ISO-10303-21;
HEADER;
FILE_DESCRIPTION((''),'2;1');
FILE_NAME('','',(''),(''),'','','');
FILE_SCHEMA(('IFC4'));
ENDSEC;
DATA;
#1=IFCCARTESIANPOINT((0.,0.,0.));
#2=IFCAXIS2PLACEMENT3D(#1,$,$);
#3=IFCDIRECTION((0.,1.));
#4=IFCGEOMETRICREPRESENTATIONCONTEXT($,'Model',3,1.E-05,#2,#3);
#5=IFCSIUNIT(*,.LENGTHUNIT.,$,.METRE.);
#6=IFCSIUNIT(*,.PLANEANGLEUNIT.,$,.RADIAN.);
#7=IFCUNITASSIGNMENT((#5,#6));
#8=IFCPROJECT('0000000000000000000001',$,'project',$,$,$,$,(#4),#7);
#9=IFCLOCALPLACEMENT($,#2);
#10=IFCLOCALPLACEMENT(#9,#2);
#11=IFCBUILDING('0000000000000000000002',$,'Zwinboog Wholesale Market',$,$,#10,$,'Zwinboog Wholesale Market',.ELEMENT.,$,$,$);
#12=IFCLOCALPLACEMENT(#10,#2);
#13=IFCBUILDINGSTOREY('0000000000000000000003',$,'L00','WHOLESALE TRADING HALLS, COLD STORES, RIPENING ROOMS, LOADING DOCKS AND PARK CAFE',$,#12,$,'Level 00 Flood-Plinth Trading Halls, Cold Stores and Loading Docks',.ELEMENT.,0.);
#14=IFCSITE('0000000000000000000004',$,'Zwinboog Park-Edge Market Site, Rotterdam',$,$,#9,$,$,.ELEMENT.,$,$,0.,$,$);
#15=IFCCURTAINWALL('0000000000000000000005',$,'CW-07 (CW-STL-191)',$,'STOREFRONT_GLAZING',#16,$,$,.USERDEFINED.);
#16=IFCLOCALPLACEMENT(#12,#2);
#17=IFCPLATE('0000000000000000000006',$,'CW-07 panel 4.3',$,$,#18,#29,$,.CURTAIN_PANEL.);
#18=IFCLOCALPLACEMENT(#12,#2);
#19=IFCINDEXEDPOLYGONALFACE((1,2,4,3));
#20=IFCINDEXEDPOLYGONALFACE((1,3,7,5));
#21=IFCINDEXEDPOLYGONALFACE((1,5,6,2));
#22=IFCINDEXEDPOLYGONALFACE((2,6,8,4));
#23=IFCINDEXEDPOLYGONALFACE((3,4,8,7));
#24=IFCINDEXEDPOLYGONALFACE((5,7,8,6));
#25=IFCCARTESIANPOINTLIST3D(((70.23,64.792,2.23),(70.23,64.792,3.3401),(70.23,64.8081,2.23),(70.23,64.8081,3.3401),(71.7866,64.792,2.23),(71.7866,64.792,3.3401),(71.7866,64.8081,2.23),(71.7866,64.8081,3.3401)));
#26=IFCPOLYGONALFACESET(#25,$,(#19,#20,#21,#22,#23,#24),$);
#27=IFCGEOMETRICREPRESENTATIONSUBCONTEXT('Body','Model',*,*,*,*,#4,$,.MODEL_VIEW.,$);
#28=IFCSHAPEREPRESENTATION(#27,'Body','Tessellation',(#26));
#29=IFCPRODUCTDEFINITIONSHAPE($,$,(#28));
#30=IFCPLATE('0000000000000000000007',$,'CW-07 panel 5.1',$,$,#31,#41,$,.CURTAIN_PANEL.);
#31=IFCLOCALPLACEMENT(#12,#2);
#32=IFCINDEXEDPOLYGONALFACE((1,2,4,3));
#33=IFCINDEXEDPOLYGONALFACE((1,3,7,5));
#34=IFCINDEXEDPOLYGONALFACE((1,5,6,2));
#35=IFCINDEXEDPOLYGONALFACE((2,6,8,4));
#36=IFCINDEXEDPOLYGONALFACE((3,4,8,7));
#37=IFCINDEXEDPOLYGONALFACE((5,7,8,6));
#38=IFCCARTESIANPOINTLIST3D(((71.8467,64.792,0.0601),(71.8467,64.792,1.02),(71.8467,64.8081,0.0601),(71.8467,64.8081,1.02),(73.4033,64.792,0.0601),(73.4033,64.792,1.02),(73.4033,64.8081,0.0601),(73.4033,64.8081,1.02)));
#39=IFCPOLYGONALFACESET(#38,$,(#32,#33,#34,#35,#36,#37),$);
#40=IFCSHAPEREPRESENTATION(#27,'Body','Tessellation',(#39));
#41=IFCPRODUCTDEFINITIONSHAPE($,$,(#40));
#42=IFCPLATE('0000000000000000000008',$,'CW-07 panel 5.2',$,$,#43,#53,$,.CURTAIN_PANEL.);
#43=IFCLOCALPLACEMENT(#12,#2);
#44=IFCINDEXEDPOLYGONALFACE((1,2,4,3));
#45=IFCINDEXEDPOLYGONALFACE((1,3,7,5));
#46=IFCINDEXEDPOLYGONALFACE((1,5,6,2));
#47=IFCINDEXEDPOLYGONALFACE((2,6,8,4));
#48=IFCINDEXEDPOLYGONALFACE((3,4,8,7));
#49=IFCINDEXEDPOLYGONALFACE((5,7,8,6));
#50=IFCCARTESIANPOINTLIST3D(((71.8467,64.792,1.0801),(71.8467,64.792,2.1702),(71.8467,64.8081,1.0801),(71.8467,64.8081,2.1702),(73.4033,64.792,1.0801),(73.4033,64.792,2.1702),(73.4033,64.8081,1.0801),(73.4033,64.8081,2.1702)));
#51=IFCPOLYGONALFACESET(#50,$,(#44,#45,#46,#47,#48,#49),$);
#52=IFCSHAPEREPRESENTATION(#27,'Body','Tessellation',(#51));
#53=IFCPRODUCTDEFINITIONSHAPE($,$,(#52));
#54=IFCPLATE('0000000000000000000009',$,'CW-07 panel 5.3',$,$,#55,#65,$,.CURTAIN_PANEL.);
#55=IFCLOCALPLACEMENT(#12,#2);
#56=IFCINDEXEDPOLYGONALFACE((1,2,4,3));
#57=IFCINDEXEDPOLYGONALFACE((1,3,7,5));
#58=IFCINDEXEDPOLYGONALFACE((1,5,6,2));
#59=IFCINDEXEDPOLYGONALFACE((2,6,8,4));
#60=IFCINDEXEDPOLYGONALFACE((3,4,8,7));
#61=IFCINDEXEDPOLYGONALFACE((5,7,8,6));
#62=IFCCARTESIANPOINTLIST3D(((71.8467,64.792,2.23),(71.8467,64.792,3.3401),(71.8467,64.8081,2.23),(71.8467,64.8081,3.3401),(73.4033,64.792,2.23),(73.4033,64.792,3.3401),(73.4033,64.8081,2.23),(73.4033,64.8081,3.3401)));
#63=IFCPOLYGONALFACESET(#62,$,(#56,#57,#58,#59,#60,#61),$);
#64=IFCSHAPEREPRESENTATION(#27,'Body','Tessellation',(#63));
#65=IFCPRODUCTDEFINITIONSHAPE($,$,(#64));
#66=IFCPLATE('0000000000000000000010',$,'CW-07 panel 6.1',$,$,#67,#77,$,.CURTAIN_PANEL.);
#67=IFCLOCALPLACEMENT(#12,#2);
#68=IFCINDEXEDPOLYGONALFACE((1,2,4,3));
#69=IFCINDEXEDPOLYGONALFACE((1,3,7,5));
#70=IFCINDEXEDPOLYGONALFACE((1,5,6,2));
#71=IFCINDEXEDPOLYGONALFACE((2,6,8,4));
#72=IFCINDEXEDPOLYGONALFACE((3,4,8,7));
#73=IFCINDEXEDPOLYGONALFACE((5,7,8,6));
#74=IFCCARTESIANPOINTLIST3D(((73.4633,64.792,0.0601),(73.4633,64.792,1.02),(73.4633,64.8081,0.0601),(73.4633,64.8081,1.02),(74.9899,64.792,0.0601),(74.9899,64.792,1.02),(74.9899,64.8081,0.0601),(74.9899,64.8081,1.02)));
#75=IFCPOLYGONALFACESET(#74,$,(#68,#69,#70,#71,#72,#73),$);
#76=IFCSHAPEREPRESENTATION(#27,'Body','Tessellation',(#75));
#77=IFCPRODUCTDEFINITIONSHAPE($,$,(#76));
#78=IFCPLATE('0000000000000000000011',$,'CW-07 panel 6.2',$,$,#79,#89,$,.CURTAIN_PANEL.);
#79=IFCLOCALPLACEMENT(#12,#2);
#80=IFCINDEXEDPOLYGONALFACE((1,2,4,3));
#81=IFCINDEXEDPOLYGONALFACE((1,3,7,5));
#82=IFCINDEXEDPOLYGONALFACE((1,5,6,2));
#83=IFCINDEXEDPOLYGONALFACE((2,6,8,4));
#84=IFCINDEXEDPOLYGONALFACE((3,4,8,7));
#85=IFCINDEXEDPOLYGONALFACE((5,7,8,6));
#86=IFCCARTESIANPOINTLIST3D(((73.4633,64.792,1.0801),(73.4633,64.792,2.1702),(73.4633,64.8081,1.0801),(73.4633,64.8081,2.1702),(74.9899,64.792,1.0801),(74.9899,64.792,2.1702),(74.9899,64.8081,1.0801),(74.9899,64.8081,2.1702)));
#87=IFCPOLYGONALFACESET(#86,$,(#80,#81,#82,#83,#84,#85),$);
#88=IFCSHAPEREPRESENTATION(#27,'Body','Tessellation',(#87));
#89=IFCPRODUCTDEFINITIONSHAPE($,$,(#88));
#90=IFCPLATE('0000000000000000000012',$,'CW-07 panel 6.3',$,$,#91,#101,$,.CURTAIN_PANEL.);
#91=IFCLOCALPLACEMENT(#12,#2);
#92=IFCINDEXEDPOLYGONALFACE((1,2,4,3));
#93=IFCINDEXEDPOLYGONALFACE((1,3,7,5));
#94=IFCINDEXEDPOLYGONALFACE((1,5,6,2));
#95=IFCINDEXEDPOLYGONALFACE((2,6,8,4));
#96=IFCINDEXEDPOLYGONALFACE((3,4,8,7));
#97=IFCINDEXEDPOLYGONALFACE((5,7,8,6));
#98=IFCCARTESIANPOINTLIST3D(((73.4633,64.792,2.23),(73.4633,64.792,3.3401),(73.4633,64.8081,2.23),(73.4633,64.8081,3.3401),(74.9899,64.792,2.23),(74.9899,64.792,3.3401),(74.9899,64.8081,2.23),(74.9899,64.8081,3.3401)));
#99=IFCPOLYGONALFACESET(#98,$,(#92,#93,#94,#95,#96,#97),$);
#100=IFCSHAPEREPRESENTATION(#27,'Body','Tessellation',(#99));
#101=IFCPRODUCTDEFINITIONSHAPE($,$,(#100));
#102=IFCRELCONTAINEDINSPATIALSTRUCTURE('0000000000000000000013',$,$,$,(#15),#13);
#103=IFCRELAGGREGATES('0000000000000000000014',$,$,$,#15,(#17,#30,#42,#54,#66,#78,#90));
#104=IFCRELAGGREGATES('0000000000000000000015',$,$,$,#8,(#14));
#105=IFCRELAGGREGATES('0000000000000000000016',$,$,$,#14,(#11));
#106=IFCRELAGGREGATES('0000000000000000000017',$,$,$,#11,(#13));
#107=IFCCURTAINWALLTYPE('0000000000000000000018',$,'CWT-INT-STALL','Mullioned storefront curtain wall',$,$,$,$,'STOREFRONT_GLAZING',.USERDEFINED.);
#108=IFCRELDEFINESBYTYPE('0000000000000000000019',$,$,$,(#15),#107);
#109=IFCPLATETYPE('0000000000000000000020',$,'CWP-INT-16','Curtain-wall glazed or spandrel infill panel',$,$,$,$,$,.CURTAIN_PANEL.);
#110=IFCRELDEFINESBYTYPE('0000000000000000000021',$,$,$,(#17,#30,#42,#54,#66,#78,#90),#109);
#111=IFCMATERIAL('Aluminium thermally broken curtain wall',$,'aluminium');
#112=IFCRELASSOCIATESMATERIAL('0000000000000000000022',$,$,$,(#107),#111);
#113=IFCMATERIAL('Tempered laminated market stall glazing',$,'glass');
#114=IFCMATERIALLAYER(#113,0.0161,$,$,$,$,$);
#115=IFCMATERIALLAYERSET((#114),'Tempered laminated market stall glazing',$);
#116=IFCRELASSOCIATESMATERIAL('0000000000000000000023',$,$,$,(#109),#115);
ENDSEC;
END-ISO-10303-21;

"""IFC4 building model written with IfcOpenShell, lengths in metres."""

from ifc_helpers import new_model, si_unit, direction, frame, origin, origin_2d, place, context, subcontext, project, spatial, rectangle, extrude, material, layer, layer_set, type_object, element, aggregate, save


model = new_model("IFC4")

# Units and contexts
model_context = context("Model", 3, precision=1e-05, world=origin(), true_north=direction((0.0, 1.0)))
body_context = subcontext(model_context, "Body", "Model", "MODEL_VIEW")
ifc_project = project(units=[si_unit("LENGTHUNIT", "METRE"), si_unit("PLANEANGLEUNIT", "RADIAN")], contexts=[model_context])

# Site, building, storey
site_placement = place(None, origin())
site = spatial("IfcSite", under=ifc_project, at=site_placement, Name="Zwinboog Park-Edge Market Site, Rotterdam", CompositionType="ELEMENT", RefElevation=0.0)
building_placement = place(site_placement, origin())
building = spatial("IfcBuilding", under=site, at=building_placement, Name="Zwinboog Wholesale Market", LongName="Zwinboog Wholesale Market", CompositionType="ELEMENT")
storey_placement = place(building_placement, origin())
storey = spatial("IfcBuildingStorey", under=building, at=storey_placement, Name="L00", Description="WHOLESALE TRADING HALLS, COLD STORES, RIPENING ROOMS, LOADING DOCKS AND PARK CAFE", LongName="Level 00 Flood-Plinth Trading Halls, Cold Stores and Loading Docks", CompositionType="ELEMENT", Elevation=0.0)

# Curtain wall, plates
ifc_material_1 = material(Name="Aluminium thermally broken curtain wall", Category="aluminium")
curtain_wall_type = type_object("IfcCurtainWallType", Name="CWT-INT-STALL", Description="Mullioned storefront curtain wall", ElementType="STOREFRONT_GLAZING", PredefinedType="USERDEFINED", material=ifc_material_1)
curtain_wall_placement = place(storey_placement, origin())
curtain_wall = element("IfcCurtainWall", 1, at=curtain_wall_placement, inside=storey, type_object=curtain_wall_type, Name="CW-07 (CW-STL-191)", ObjectType="STOREFRONT_GLAZING", PredefinedType="USERDEFINED")
ifc_material_2 = material(Name="Tempered laminated market stall glazing", Category="glass")
ifc_layer = layer(ifc_material_2, 0.0161)
ifc_layer_set = layer_set([ifc_layer], Name="Tempered laminated market stall glazing")
plate_type = type_object("IfcPlateType", Name="CWP-INT-16", Description="Curtain-wall glazed or spandrel infill panel", PredefinedType="CURTAIN_PANEL", material=ifc_layer_set)
plate_1_placement = place(storey_placement, frame((71.0083, 64.8, 2.23), z_axis=(0.0, 0.0, 1.0), x_axis=(1.0, 0.0, 0.0)))
plate_1 = element("IfcPlate", 2, at=plate_1_placement, type_object=plate_type, Name="CW-07 panel 4.3", PredefinedType="CURTAIN_PANEL", context=body_context, shape_type="SweptSolid", body=[
    extrude(rectangle(XDim=1.5566, YDim=0.0161, at=origin_2d()), origin(), (0.0, 0.0, 1.0), 1.1101),
])
plate_2_placement = place(storey_placement, frame((72.625, 64.8, 0.0601), z_axis=(0.0, 0.0, 1.0), x_axis=(1.0, 0.0, 0.0)))
plate_2 = element("IfcPlate", 3, at=plate_2_placement, type_object=plate_type, Name="CW-07 panel 5.1", PredefinedType="CURTAIN_PANEL", context=body_context, shape_type="SweptSolid", body=[
    extrude(rectangle(XDim=1.5566, YDim=0.0161, at=origin_2d()), origin(), (0.0, 0.0, 1.0), 0.96),
])
plate_3_placement = place(storey_placement, frame((72.625, 64.8, 1.0801), z_axis=(0.0, 0.0, 1.0), x_axis=(1.0, 0.0, 0.0)))
plate_3 = element("IfcPlate", 4, at=plate_3_placement, type_object=plate_type, Name="CW-07 panel 5.2", PredefinedType="CURTAIN_PANEL", context=body_context, shape_type="SweptSolid", body=[
    extrude(rectangle(XDim=1.5566, YDim=0.0161, at=origin_2d()), origin(), (0.0, 0.0, 1.0), 1.0901),
])
plate_4_placement = place(storey_placement, frame((72.625, 64.8, 2.23), z_axis=(0.0, 0.0, 1.0), x_axis=(1.0, 0.0, 0.0)))
plate_4 = element("IfcPlate", 5, at=plate_4_placement, type_object=plate_type, Name="CW-07 panel 5.3", PredefinedType="CURTAIN_PANEL", context=body_context, shape_type="SweptSolid", body=[
    extrude(rectangle(XDim=1.5566, YDim=0.0161, at=origin_2d()), origin(), (0.0, 0.0, 1.0), 1.1101),
])
plate_5_placement = place(storey_placement, frame((74.2266, 64.8, 0.0601), z_axis=(0.0, 0.0, 1.0), x_axis=(1.0, 0.0, 0.0)))
plate_5 = element("IfcPlate", 6, at=plate_5_placement, type_object=plate_type, Name="CW-07 panel 6.1", PredefinedType="CURTAIN_PANEL", context=body_context, shape_type="SweptSolid", body=[
    extrude(rectangle(XDim=1.5266, YDim=0.0161, at=origin_2d()), origin(), (0.0, 0.0, 1.0), 0.96),
])
plate_6_placement = place(storey_placement, frame((74.2266, 64.8, 1.0801), z_axis=(0.0, 0.0, 1.0), x_axis=(1.0, 0.0, 0.0)))
plate_6 = element("IfcPlate", 7, at=plate_6_placement, type_object=plate_type, Name="CW-07 panel 6.2", PredefinedType="CURTAIN_PANEL", context=body_context, shape_type="SweptSolid", body=[
    extrude(rectangle(XDim=1.5266, YDim=0.0161, at=origin_2d()), origin(), (0.0, 0.0, 1.0), 1.0901),
])
plate_7_placement = place(storey_placement, frame((74.2266, 64.8, 2.23), z_axis=(0.0, 0.0, 1.0), x_axis=(1.0, 0.0, 0.0)))
plate_7 = element("IfcPlate", 8, at=plate_7_placement, type_object=plate_type, Name="CW-07 panel 6.3", PredefinedType="CURTAIN_PANEL", context=body_context, shape_type="SweptSolid", body=[
    extrude(rectangle(XDim=1.5266, YDim=0.0161, at=origin_2d()), origin(), (0.0, 0.0, 1.0), 1.1101),
])
aggregate(curtain_wall, [plate_1, plate_2, plate_3, plate_4, plate_5, plate_6, plate_7])

save(model, "model.ifc")
